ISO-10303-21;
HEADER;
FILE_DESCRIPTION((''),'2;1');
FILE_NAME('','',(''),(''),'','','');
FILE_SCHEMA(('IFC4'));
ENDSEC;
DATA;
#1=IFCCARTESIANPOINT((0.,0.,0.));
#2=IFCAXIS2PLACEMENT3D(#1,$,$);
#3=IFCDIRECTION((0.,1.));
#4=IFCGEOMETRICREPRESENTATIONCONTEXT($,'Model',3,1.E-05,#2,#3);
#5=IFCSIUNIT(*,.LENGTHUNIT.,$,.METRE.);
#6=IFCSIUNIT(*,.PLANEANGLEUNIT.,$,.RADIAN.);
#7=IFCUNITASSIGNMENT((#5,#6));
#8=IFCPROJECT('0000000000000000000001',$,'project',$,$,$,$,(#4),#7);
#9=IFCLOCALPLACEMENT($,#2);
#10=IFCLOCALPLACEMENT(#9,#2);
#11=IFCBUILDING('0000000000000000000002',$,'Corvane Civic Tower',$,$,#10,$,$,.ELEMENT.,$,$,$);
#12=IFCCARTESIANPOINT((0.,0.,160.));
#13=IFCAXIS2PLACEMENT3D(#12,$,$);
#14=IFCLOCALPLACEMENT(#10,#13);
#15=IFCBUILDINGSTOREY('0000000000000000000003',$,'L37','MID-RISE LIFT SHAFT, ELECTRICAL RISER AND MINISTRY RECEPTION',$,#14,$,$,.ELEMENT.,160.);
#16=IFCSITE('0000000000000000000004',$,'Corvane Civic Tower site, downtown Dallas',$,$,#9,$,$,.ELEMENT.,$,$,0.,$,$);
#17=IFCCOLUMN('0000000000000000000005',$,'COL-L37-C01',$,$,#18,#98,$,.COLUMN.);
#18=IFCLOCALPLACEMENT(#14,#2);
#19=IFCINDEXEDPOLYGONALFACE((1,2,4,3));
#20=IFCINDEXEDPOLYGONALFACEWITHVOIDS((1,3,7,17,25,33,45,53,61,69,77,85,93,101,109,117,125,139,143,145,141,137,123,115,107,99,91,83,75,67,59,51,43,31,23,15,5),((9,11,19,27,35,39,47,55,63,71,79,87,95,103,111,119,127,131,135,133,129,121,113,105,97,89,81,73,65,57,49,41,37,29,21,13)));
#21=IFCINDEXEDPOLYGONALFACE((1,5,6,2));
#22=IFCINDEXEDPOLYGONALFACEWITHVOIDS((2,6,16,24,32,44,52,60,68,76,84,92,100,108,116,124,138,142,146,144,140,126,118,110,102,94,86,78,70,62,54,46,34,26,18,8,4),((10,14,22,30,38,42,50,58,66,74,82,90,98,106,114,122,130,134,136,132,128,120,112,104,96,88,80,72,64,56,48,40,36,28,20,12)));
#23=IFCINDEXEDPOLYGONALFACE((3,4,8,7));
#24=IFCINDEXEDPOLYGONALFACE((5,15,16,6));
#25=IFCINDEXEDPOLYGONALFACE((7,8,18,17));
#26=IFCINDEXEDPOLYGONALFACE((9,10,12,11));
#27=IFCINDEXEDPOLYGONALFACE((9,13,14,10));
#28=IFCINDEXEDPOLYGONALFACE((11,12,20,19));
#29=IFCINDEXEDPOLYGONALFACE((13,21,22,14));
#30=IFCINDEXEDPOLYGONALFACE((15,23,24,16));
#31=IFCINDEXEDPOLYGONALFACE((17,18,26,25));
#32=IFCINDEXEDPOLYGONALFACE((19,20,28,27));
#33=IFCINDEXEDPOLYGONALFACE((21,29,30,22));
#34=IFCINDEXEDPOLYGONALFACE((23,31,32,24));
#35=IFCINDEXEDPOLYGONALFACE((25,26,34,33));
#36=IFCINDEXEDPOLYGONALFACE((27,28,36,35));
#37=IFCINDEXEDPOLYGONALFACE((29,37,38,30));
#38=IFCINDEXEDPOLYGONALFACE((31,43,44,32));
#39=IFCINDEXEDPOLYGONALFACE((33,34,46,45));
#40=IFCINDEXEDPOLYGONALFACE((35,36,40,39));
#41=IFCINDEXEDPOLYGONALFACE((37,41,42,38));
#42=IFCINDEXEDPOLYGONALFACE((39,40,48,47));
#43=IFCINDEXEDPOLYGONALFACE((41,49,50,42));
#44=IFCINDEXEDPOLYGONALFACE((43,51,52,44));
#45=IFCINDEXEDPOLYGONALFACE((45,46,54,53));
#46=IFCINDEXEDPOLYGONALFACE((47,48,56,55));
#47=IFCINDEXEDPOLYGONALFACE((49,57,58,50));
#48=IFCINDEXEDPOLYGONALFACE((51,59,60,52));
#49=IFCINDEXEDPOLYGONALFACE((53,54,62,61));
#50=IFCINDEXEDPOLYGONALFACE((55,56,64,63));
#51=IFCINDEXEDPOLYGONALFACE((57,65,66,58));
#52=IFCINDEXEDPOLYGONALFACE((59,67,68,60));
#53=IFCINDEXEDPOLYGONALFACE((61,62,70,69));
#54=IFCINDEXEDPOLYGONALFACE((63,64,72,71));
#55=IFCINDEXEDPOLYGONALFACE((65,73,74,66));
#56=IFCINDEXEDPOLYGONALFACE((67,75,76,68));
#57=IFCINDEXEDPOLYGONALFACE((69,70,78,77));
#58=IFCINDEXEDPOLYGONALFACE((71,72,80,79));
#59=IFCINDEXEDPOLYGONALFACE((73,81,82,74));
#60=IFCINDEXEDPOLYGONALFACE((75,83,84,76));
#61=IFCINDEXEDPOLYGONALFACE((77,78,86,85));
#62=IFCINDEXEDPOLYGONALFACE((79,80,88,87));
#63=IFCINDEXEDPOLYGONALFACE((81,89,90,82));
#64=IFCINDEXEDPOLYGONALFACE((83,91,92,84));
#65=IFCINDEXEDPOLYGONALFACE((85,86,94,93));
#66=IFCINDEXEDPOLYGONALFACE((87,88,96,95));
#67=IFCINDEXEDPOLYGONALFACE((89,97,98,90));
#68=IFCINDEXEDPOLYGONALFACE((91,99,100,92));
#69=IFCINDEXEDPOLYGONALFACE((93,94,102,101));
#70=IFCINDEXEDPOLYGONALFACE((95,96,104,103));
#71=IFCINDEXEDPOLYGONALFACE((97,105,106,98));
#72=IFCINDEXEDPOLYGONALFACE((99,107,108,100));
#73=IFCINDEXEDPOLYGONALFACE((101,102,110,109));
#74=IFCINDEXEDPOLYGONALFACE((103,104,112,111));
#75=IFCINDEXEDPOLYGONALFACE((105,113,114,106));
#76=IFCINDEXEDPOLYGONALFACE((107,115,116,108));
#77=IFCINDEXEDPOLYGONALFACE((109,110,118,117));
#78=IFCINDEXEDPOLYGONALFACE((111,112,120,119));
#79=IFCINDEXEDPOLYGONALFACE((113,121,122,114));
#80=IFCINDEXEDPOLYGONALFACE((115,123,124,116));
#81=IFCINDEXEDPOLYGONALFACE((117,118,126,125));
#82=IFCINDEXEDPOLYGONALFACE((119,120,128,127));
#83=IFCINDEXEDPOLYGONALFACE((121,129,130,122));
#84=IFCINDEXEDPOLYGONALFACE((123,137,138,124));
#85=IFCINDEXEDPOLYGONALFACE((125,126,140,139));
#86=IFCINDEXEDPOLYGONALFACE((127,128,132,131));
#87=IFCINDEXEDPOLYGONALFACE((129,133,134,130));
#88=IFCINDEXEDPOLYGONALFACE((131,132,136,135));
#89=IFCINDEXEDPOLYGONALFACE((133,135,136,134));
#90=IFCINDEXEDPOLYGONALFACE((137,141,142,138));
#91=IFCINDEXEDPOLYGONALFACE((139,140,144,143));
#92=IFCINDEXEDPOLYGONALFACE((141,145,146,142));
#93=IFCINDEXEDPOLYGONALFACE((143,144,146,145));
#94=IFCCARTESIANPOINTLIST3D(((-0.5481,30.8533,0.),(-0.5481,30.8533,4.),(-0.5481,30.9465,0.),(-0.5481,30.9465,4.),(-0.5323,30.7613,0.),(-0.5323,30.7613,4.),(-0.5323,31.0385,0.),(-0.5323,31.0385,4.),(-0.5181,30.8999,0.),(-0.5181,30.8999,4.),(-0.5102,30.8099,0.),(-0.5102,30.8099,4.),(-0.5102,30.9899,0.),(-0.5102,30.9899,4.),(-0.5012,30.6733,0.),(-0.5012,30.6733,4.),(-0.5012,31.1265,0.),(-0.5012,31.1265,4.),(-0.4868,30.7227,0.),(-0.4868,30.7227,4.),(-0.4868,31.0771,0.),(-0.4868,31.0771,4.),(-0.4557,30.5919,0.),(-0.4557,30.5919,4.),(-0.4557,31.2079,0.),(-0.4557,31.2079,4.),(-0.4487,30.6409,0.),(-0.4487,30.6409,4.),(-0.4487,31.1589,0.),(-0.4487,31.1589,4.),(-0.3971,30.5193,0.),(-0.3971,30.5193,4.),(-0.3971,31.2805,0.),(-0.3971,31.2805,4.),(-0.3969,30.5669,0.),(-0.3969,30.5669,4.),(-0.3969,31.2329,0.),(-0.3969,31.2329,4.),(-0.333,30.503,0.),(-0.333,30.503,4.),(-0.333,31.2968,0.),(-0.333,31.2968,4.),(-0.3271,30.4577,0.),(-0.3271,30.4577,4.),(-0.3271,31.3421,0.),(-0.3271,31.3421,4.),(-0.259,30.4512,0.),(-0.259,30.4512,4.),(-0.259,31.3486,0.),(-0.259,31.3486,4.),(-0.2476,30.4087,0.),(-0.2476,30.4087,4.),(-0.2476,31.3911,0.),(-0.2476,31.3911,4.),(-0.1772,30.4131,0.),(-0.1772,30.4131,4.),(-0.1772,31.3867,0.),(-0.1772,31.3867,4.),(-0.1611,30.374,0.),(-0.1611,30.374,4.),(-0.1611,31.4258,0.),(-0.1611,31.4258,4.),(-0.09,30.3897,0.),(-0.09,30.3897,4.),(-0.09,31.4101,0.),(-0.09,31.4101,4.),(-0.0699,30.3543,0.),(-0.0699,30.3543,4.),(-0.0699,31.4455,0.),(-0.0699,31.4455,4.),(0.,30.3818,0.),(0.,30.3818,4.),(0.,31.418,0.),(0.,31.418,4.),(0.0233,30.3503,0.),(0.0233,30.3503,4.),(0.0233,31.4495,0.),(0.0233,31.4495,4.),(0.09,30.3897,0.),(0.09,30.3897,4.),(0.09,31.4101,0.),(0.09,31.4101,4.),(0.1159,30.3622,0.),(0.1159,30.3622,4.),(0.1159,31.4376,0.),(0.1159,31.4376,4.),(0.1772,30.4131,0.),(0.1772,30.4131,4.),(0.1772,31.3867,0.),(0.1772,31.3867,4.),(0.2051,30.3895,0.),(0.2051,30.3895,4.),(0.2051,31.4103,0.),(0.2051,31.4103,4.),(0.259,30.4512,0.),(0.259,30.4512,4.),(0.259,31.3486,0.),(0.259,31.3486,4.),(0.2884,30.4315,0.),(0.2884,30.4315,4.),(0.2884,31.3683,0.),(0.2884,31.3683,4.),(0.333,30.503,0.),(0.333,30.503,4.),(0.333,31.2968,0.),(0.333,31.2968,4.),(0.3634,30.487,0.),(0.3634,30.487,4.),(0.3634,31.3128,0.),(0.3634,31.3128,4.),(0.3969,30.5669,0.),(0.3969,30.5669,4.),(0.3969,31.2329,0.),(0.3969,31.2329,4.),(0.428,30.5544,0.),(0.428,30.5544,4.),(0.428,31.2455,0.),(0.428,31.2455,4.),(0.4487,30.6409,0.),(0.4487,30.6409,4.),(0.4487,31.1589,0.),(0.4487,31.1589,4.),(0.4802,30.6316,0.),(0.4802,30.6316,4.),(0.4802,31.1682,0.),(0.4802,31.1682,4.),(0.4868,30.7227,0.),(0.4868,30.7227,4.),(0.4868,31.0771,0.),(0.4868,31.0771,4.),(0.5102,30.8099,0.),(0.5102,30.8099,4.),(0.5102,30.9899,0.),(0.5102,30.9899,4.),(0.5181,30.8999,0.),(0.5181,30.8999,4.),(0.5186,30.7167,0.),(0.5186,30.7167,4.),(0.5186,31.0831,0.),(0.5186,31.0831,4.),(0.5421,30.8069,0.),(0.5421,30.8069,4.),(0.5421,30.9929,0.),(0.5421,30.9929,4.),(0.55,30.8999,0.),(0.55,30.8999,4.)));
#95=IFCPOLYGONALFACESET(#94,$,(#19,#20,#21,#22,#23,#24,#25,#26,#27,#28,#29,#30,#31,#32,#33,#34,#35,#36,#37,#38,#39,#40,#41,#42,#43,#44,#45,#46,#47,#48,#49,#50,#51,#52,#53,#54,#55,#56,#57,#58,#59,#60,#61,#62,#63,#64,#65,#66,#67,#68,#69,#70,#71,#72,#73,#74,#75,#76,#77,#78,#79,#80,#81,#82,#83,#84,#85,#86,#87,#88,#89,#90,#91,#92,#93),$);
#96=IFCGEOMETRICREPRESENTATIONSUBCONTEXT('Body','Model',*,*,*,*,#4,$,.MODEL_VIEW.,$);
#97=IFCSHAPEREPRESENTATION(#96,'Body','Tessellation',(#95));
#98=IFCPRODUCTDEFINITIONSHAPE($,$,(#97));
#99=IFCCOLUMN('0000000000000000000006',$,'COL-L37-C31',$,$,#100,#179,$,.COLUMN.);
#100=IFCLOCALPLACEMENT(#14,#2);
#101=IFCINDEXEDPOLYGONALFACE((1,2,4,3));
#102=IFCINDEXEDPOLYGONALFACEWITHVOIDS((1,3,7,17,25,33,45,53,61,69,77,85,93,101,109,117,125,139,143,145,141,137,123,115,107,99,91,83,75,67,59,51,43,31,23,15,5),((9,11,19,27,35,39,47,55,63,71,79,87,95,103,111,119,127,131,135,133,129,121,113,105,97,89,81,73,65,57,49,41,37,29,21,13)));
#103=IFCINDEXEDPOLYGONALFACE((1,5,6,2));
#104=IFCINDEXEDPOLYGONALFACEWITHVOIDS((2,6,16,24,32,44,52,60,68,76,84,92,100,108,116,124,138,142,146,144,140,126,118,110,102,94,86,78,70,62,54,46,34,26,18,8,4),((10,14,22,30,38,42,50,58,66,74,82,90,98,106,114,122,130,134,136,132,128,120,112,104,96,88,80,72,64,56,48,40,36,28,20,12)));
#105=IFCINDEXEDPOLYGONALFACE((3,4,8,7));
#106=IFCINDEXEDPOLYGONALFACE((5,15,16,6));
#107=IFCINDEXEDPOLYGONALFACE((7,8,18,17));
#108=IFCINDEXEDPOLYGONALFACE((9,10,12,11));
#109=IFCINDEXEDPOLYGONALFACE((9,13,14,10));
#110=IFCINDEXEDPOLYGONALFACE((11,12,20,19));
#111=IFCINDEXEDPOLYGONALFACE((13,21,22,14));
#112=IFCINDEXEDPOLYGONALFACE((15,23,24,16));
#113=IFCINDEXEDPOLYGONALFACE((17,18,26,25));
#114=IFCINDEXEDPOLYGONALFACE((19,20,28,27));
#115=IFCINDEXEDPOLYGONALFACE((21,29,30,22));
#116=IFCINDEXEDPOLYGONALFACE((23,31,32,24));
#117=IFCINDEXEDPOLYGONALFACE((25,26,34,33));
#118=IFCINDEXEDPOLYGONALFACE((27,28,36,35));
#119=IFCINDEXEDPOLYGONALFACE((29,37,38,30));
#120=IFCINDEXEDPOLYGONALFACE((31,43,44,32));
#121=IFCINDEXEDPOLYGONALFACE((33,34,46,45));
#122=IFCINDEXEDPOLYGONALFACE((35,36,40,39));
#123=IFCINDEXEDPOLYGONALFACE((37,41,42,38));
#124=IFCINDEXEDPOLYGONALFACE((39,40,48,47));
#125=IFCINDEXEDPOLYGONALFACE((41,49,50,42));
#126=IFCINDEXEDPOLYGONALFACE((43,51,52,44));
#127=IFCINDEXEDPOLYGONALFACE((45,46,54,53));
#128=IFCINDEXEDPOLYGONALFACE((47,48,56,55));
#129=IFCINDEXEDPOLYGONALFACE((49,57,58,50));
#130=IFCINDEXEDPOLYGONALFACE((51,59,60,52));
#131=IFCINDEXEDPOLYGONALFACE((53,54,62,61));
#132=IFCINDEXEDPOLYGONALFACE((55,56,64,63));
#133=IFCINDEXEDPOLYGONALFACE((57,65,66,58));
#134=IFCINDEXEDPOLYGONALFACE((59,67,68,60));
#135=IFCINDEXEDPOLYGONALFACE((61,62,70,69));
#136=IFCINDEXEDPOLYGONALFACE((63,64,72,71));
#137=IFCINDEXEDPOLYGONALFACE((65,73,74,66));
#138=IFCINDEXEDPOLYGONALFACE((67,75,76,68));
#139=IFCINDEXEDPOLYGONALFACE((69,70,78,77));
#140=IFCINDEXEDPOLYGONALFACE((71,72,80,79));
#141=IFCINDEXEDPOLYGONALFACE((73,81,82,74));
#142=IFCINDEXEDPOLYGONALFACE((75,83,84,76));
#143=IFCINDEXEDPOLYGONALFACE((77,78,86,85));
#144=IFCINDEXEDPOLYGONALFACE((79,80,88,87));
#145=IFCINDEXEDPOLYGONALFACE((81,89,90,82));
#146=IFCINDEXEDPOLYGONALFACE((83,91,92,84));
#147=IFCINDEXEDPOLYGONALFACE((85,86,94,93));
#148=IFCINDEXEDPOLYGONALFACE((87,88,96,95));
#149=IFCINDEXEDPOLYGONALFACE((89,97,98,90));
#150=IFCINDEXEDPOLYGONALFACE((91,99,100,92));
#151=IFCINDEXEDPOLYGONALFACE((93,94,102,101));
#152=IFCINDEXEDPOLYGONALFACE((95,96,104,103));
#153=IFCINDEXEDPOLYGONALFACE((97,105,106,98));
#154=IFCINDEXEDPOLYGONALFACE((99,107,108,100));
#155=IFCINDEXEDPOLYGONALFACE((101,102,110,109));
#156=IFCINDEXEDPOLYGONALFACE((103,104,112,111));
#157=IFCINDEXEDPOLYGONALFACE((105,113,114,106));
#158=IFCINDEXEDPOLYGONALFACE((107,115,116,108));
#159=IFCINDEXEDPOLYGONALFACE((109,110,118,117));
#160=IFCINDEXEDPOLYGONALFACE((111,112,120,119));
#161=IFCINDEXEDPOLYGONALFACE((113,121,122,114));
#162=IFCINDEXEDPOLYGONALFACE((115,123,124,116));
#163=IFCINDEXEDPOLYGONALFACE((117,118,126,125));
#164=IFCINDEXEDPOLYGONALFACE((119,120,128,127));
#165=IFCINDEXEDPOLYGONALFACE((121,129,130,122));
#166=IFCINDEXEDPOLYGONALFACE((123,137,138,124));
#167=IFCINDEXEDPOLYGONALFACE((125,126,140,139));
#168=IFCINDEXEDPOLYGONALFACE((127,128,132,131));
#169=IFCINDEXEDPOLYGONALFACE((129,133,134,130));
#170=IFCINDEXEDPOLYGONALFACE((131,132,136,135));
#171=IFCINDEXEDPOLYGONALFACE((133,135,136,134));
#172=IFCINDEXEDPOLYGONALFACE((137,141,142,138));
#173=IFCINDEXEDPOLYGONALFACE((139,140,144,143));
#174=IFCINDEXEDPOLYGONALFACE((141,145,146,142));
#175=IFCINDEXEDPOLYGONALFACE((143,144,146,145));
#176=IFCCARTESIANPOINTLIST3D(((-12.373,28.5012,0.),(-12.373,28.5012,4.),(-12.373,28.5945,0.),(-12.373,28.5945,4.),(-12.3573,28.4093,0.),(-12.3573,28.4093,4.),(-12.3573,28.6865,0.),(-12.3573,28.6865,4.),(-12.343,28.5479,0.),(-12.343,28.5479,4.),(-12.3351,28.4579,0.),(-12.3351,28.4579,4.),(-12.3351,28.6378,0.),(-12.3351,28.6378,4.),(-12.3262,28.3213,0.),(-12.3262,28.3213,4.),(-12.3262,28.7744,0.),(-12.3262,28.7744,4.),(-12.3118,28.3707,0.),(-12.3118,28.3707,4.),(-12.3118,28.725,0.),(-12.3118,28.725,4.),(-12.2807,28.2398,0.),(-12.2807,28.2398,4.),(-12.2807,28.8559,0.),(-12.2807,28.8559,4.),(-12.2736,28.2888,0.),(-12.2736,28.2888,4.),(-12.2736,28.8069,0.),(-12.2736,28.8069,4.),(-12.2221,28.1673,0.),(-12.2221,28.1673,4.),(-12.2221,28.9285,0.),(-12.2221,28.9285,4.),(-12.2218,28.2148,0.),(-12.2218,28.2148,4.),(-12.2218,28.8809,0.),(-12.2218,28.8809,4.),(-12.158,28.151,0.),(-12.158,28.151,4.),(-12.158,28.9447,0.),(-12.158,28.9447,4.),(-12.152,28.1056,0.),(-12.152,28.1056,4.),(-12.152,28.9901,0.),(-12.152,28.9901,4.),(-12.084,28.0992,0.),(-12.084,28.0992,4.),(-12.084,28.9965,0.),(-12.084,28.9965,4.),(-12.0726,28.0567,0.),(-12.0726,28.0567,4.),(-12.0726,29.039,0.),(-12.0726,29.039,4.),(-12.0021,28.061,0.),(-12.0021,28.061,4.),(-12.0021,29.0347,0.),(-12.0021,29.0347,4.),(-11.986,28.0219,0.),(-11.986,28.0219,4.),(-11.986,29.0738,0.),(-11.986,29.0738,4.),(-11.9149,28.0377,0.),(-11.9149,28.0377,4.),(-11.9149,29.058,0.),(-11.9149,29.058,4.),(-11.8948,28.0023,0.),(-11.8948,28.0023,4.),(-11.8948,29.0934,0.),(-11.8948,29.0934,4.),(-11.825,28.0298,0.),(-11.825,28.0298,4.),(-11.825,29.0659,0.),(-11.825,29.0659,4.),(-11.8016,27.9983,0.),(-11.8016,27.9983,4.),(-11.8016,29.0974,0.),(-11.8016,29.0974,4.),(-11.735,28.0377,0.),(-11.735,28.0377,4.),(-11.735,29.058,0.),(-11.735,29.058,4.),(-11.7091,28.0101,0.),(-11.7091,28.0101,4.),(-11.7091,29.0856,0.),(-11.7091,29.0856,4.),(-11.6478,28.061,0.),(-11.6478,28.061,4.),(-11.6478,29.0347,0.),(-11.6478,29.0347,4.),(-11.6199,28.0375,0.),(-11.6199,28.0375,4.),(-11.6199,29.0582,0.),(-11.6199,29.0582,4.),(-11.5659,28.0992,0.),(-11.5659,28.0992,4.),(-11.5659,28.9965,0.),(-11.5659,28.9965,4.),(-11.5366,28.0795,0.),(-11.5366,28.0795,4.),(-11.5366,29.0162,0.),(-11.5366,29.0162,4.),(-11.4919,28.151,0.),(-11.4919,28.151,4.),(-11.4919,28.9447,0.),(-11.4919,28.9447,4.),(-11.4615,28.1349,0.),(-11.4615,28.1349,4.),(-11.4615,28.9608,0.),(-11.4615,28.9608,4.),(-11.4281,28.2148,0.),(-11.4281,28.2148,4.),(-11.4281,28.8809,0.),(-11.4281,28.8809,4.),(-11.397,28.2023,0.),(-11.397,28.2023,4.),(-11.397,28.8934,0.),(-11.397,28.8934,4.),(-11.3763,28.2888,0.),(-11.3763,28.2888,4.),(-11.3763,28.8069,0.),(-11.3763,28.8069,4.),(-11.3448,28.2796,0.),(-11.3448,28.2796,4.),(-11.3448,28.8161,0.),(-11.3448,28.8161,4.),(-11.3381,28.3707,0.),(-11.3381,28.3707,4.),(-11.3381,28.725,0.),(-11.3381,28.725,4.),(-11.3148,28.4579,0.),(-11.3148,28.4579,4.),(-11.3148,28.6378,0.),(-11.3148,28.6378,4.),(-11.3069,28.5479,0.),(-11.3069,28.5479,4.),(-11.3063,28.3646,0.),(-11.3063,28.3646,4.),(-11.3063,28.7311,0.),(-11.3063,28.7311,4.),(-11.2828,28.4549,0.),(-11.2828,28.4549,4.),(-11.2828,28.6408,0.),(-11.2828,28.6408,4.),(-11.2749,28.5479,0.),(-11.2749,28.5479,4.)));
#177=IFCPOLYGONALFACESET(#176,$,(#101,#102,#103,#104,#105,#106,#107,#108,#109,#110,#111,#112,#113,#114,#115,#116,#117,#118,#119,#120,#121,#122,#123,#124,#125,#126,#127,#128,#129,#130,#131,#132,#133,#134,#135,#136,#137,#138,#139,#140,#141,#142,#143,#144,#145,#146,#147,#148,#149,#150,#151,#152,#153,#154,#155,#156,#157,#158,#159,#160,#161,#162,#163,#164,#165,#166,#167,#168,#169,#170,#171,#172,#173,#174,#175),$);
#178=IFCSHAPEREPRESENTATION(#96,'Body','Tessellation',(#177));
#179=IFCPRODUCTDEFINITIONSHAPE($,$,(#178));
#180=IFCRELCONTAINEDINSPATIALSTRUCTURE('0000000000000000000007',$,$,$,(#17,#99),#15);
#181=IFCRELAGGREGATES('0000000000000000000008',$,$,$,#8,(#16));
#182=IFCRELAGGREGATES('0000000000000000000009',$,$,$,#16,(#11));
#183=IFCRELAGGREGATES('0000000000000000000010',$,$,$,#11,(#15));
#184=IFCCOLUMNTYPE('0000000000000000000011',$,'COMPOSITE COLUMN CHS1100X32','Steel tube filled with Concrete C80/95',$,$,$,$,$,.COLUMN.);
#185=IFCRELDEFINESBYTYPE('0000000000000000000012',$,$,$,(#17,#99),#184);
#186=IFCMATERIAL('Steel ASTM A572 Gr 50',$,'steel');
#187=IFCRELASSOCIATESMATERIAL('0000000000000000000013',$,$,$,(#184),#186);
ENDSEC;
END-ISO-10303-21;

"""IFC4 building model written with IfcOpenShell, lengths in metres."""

from ifc_helpers import new_model, si_unit, direction, frame, origin, origin_2d, place, context, subcontext, project, spatial, hollow_circle, extrude, material, material_profile, profile_set, type_object, element, save


model = new_model("IFC4")

# Units and contexts
model_context = context("Model", 3, precision=1e-05, world=origin(), true_north=direction((0.0, 1.0)))
body_context = subcontext(model_context, "Body", "Model", "MODEL_VIEW")
ifc_project = project(units=[si_unit("LENGTHUNIT", "METRE"), si_unit("PLANEANGLEUNIT", "RADIAN")], contexts=[model_context])

# Site, building, storey
site_placement = place(None, origin())
site = spatial("IfcSite", under=ifc_project, at=site_placement, Name="Corvane Civic Tower site, downtown Dallas", CompositionType="ELEMENT", RefElevation=0.0)
building_placement = place(site_placement, origin())
building = spatial("IfcBuilding", under=site, at=building_placement, Name="Corvane Civic Tower", CompositionType="ELEMENT")
storey_placement = place(building_placement, frame((0.0, 0.0, 160.0)))
storey = spatial("IfcBuildingStorey", under=building, at=storey_placement, Name="L37", Description="MID-RISE LIFT SHAFT, ELECTRICAL RISER AND MINISTRY RECEPTION", CompositionType="ELEMENT", Elevation=160.0)

# Columns
ifc_material_1 = material(Name="Steel ASTM A572 Gr 50", Category="steel")
ifc_material_profile_1 = material_profile(ifc_material_1, hollow_circle(Radius=0.55, WallThickness=0.032, at=origin_2d()), Name="CHS1100X32")
ifc_profile_set_1 = profile_set([ifc_material_profile_1], Name="Steel ASTM A572 Gr 50")
column_type = type_object("IfcColumnType", Name="COMPOSITE COLUMN CHS1100X32", Description="Steel tube filled with Concrete C80/95", PredefinedType="COLUMN", material=ifc_profile_set_1)
for number, where, z_axis, x_axis, name in (
    (1, (0.0, 30.8999, 0.0), (0.0, 0.0, 1.0), (1.0, 0.0, 0.0), "COL-L37-C01"),
    (2, (-11.825, 28.5479, 0.0), (0.0, 0.0, 1.0), (1.0, 0.0, 0.0), "COL-L37-C31"),
):
    element("IfcColumn", number, at=place(storey_placement, frame(where, z_axis=z_axis, x_axis=x_axis)), inside=storey, type_object=column_type, Name=name, PredefinedType="COLUMN", context=body_context, shape_type="SweptSolid", body=[
        extrude(hollow_circle(Radius=0.55, WallThickness=0.032, at=origin_2d()), origin(), (0.0, 0.0, 1.0), 4.0),
    ])

save(model, "model.ifc")
